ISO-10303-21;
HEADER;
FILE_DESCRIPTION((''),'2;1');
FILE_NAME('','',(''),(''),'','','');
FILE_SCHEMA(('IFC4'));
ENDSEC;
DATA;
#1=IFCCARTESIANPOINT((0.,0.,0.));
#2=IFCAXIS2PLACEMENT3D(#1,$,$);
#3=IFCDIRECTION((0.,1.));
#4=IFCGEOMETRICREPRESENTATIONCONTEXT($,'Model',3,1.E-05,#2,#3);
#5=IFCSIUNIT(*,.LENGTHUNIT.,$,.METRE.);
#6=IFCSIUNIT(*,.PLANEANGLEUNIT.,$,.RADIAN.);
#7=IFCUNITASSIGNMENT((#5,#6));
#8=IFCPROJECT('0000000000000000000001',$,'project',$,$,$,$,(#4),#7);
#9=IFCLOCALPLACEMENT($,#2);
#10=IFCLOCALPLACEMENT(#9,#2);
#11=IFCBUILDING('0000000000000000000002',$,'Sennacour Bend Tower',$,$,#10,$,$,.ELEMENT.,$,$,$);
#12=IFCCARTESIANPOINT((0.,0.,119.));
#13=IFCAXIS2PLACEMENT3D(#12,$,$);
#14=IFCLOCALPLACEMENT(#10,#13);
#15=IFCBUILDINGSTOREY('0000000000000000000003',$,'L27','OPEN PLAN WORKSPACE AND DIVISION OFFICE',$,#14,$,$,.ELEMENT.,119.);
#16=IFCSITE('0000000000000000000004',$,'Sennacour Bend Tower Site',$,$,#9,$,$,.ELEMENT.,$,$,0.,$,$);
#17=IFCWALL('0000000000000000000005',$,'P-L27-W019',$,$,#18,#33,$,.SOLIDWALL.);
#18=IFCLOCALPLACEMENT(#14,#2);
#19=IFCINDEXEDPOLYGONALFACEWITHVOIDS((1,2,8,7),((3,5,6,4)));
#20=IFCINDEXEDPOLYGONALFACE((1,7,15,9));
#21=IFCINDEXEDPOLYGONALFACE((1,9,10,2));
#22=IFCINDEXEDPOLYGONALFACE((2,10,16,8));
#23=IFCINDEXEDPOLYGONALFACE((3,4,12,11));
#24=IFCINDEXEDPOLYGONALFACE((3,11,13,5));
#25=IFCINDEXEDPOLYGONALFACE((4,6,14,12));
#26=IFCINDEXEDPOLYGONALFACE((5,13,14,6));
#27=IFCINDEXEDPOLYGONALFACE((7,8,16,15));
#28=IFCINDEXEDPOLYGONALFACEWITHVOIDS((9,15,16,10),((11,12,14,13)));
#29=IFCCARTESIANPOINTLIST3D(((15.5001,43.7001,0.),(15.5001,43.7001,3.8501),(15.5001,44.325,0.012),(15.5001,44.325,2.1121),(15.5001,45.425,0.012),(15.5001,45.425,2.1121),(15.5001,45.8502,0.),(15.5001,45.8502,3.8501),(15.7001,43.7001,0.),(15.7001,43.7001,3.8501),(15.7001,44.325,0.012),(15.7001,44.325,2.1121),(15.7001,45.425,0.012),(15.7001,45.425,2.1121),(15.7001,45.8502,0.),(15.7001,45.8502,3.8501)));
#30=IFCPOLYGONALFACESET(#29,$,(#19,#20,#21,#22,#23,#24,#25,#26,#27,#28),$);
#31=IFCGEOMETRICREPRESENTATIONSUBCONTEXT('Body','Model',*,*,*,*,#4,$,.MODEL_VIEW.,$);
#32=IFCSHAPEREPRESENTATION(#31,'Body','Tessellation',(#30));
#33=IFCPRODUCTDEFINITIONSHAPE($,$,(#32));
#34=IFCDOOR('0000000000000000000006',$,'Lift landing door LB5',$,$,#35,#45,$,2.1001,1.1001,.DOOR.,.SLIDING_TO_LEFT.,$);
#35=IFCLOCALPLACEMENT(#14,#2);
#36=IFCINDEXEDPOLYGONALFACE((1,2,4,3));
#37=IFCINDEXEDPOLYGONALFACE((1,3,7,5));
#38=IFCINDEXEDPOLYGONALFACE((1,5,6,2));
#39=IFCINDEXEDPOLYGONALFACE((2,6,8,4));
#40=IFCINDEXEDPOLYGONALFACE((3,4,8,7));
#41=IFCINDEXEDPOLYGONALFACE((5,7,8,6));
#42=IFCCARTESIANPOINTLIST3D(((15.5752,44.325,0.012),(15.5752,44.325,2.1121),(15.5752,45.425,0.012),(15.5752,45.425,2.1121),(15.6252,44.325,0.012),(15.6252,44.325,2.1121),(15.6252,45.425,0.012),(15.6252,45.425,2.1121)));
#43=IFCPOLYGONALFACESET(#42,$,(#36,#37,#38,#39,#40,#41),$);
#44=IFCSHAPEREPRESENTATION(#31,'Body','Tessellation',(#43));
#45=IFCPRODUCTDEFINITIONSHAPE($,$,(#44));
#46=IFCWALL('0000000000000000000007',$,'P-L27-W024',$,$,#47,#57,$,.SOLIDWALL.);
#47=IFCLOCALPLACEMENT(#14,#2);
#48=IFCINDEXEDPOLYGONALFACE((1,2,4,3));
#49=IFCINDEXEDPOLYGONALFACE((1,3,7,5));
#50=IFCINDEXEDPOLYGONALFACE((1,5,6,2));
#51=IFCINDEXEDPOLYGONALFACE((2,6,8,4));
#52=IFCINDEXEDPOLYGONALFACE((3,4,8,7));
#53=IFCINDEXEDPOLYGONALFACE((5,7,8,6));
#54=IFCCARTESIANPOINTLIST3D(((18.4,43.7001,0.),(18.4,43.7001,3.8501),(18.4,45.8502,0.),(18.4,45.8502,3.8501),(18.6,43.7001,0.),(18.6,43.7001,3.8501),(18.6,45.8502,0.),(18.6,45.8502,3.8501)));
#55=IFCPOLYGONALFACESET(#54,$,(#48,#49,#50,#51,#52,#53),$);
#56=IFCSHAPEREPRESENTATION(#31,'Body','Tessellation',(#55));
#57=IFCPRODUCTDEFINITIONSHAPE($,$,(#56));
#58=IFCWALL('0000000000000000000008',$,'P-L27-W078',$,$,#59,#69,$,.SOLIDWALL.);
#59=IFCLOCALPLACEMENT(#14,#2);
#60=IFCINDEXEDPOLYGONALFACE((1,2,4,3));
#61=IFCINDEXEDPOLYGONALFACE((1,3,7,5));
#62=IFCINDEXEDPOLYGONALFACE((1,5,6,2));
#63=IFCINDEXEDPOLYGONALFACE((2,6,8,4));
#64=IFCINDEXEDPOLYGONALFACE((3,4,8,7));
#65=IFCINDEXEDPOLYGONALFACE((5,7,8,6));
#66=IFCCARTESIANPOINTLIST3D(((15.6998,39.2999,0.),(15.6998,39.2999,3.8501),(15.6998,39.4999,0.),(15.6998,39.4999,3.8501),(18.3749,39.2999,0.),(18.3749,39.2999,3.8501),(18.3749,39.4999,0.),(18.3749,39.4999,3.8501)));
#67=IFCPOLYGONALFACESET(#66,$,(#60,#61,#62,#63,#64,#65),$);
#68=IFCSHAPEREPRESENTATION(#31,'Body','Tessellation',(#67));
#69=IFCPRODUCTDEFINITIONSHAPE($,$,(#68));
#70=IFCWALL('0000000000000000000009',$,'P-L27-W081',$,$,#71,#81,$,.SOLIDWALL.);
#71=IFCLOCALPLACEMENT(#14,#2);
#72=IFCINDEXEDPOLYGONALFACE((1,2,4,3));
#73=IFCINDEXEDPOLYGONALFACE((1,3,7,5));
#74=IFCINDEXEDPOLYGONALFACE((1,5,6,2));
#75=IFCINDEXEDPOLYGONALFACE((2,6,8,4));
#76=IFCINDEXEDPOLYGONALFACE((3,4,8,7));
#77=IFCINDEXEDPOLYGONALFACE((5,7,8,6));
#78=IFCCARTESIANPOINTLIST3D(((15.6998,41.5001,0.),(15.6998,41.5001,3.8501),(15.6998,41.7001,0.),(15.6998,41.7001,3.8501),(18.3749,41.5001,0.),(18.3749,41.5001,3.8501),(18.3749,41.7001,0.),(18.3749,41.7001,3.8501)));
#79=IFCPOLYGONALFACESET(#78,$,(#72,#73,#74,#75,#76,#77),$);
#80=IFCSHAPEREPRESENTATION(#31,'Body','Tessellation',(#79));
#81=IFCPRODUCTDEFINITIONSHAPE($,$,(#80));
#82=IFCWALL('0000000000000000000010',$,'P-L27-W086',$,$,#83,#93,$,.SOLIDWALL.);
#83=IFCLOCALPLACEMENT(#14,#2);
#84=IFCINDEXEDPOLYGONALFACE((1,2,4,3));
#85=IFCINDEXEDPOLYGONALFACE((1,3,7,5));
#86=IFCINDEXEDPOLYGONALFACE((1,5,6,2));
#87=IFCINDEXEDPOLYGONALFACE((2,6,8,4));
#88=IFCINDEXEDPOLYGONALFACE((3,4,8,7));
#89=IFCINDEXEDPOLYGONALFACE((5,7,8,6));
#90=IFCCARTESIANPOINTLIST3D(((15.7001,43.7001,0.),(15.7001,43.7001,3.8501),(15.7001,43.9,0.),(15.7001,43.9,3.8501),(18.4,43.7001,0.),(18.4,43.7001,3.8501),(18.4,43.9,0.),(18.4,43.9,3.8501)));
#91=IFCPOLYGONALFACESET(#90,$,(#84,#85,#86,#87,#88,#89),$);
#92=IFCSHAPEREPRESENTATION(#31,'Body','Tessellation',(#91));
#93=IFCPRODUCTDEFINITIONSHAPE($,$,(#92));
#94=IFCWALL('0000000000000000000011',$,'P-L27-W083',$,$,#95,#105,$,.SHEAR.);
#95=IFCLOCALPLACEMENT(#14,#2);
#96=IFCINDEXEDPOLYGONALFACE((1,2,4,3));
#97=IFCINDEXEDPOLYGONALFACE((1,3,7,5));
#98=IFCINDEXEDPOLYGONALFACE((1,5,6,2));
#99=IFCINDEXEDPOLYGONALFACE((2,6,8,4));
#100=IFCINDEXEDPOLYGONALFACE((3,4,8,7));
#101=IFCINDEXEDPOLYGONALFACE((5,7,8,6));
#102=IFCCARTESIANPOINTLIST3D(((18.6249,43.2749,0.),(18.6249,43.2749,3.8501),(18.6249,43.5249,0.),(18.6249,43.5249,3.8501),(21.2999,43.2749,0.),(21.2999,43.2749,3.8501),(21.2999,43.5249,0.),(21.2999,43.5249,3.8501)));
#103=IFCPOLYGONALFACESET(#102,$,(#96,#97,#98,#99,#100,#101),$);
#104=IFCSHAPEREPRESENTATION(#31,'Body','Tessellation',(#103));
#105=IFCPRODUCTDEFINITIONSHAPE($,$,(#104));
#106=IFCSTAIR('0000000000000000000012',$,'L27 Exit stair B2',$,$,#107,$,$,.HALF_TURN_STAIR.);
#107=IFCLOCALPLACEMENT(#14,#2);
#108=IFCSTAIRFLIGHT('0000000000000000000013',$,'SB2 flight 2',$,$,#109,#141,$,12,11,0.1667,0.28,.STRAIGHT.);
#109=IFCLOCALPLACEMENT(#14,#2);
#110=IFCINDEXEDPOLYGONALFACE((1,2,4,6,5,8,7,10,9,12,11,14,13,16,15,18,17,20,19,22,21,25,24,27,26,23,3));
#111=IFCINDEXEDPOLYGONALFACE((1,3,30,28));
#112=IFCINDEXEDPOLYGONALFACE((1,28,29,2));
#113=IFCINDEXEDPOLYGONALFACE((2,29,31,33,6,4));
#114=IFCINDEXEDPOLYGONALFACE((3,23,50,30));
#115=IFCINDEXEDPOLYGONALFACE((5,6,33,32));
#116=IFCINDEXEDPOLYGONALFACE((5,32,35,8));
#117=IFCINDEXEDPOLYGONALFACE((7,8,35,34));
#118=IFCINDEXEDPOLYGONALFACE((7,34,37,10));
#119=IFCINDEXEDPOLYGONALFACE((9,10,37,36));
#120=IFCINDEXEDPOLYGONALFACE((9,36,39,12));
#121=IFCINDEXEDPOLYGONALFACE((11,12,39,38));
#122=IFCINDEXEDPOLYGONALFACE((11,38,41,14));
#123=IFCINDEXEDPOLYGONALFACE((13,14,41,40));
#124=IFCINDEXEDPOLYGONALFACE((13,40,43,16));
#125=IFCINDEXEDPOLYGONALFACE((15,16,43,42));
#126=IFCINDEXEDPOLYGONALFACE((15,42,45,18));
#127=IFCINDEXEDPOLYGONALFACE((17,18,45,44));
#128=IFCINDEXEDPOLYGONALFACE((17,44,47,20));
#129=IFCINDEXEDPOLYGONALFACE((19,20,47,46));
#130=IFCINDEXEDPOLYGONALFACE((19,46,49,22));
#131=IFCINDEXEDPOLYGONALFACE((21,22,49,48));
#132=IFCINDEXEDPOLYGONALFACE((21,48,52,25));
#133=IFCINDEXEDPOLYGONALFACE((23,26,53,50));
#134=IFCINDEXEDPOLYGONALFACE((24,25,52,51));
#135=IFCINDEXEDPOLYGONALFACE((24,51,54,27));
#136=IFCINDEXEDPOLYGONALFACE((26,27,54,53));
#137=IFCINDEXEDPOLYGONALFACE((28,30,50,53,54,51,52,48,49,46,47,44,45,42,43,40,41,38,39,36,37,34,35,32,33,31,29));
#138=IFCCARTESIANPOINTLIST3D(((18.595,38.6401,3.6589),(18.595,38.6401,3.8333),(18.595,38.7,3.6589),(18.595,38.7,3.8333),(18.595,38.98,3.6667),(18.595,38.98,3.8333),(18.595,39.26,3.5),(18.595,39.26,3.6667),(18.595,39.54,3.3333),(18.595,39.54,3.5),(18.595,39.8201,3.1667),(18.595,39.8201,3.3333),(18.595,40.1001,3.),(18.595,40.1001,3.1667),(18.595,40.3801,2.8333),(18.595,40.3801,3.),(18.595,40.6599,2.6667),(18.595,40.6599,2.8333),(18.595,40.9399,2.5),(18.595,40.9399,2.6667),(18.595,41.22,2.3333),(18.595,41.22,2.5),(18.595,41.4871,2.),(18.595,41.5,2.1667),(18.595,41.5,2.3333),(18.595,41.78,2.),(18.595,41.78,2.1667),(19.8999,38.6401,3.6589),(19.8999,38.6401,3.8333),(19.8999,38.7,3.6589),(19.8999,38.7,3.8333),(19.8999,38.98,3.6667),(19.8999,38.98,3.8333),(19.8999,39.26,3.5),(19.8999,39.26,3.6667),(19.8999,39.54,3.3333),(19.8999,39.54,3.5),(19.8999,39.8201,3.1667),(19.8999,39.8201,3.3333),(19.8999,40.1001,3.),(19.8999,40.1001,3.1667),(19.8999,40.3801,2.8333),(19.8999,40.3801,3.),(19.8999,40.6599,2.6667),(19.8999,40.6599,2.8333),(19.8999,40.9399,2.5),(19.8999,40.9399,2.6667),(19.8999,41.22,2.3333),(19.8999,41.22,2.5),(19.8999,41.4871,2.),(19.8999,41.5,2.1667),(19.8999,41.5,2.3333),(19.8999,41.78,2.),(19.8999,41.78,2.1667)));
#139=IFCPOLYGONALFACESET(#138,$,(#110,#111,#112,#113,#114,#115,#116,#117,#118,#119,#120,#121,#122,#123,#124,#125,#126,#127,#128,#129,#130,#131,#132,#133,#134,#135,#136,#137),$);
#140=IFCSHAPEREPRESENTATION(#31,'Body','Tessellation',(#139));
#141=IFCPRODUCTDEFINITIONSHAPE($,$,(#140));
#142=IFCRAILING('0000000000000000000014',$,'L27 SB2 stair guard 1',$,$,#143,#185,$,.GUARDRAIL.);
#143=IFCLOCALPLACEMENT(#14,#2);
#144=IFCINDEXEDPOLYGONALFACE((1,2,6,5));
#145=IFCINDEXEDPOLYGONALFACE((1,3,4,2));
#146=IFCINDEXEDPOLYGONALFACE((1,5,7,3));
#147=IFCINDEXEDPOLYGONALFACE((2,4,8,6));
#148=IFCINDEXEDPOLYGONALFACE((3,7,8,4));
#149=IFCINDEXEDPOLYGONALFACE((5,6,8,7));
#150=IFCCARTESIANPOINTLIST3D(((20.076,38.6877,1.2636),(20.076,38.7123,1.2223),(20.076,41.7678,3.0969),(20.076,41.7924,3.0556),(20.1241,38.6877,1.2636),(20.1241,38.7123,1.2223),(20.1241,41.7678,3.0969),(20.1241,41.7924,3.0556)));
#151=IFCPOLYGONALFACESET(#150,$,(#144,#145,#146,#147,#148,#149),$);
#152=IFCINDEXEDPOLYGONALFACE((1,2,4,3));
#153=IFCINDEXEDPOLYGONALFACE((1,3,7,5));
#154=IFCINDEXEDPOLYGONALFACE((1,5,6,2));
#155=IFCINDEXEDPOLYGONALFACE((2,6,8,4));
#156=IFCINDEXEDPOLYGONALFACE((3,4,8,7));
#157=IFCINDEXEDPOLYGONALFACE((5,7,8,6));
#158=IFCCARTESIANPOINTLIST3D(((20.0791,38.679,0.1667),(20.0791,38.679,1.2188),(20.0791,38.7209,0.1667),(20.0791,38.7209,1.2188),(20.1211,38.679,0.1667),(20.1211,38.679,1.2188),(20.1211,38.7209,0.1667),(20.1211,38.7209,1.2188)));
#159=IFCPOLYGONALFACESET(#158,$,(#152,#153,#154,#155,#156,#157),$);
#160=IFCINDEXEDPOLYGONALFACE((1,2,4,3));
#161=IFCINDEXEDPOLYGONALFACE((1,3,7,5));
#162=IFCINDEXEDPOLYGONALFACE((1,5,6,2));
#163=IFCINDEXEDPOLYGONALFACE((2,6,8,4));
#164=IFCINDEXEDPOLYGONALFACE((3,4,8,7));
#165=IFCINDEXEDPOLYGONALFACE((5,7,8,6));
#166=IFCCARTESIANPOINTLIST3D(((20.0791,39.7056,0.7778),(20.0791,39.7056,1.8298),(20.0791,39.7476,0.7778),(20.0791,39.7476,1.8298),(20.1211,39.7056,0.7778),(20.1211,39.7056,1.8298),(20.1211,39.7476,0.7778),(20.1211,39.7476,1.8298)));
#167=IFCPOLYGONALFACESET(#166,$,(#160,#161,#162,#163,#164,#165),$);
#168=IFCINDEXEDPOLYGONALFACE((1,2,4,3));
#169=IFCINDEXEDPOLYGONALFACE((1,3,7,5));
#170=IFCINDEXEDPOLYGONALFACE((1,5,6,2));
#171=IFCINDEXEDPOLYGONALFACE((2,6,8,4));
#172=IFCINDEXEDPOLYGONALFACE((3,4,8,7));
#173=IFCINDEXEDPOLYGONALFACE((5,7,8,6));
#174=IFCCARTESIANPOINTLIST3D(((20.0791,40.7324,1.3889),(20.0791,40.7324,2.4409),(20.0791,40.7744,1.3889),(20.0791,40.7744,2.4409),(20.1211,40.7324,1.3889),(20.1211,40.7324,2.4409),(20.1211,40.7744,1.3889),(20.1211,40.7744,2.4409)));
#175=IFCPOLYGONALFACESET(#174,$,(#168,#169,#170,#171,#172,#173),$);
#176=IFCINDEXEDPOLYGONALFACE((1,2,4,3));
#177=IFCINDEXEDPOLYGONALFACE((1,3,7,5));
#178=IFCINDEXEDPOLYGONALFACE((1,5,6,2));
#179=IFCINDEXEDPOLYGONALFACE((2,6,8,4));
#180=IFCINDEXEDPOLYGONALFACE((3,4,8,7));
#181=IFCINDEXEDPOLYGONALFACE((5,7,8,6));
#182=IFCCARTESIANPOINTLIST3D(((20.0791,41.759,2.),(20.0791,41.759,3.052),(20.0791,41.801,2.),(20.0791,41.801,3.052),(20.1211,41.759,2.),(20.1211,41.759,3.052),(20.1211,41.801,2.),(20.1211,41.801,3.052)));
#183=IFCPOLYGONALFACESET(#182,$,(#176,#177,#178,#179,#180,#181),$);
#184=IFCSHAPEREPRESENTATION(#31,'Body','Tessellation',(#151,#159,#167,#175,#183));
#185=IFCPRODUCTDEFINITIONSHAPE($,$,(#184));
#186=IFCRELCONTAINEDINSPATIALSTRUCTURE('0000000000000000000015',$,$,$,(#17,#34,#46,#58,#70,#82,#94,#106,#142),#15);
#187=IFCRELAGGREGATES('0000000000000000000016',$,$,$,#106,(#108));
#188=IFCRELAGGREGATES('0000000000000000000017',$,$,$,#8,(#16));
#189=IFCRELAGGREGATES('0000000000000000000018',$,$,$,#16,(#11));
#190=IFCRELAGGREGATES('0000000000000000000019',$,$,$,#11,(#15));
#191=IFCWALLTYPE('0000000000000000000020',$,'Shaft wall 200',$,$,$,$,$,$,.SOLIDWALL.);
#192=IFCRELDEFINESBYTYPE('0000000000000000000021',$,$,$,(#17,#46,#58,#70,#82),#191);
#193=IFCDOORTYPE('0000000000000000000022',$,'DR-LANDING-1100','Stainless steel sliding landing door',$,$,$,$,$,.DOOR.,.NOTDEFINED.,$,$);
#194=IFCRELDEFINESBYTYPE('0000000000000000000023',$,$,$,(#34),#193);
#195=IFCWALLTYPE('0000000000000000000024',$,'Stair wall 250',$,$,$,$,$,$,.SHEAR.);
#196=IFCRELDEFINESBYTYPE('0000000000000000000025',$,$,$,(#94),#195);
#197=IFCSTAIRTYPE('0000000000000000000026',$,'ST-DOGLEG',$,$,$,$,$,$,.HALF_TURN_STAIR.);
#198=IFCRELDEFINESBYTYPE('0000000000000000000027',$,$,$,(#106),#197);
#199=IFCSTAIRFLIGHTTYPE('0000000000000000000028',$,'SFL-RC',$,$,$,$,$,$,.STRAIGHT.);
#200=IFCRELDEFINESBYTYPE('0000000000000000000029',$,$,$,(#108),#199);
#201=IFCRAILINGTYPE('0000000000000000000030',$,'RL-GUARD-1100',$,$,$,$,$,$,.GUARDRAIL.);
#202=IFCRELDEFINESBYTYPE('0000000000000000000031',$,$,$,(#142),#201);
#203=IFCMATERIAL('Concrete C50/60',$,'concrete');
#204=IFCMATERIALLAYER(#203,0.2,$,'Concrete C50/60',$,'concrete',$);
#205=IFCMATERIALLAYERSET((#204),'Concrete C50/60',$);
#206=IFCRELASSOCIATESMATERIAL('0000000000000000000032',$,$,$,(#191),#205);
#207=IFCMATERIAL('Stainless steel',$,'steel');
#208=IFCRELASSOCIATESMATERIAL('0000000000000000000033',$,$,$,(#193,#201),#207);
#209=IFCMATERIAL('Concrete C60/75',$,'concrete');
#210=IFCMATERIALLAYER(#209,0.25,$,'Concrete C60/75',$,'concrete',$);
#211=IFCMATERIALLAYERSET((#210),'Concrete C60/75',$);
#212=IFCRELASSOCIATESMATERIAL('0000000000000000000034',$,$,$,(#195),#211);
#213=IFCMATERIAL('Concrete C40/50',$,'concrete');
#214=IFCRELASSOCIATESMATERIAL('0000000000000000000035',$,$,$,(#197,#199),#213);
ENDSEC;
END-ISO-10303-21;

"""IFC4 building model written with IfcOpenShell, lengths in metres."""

from ifc_helpers import new_model, si_unit, direction, frame, frame_2d, origin, origin_2d, place, context, subcontext, project, spatial, polyline, rectangle, outline, extrude, material, layer, layer_set, type_object, element, fill, aggregate, save


model = new_model("IFC4")

# Units and contexts
model_context = context("Model", 3, precision=1e-05, world=origin(), true_north=direction((0.0, 1.0)))
body_context = subcontext(model_context, "Body", "Model", "MODEL_VIEW")
ifc_project = project(units=[si_unit("LENGTHUNIT", "METRE"), si_unit("PLANEANGLEUNIT", "RADIAN")], contexts=[model_context])

# Site, building, storey
site_placement = place(None, origin())
site = spatial("IfcSite", under=ifc_project, at=site_placement, Name="Sennacour Bend Tower Site", CompositionType="ELEMENT", RefElevation=0.0)
building_placement = place(site_placement, origin())
building = spatial("IfcBuilding", under=site, at=building_placement, Name="Sennacour Bend Tower", CompositionType="ELEMENT")
storey_placement = place(building_placement, frame((0.0, 0.0, 119.0)))
storey = spatial("IfcBuildingStorey", under=building, at=storey_placement, Name="L27", Description="OPEN PLAN WORKSPACE AND DIVISION OFFICE", CompositionType="ELEMENT", Elevation=119.0)

# Wall, opening, door
ifc_material_1 = material(Name="Concrete C50/60", Category="concrete")
ifc_layer_1 = layer(ifc_material_1, 0.2, Name="Concrete C50/60", Category="concrete")
ifc_layer_set_1 = layer_set([ifc_layer_1], Name="Concrete C50/60")
wall_type_1 = type_object("IfcWallType", Name="Shaft wall 200", PredefinedType="SOLIDWALL", material=ifc_layer_set_1)
wall_1_placement = place(storey_placement, frame((15.6001, 43.7, 0.0), z_axis=(0.0, 0.0, 1.0), x_axis=(0.0, 1.0, 0.0)))
wall_1 = element("IfcWall", 1, at=wall_1_placement, inside=storey, type_object=wall_type_1, Name="P-L27-W019", PredefinedType="SOLIDWALL", context=body_context, shape_type="SweptSolid", body=[
    extrude(rectangle(XDim=2.1501, YDim=0.2, at=frame_2d((1.0752, 0.0))), origin(), (0.0, 0.0, 1.0), 3.8501),
])
opening_1_placement = place(wall_1_placement, frame((0.625, 0.0, 0.012)))
opening_1 = element("IfcOpeningElement", 2, at=opening_1_placement, cuts=wall_1, PredefinedType="OPENING", context=body_context, shape_type="SweptSolid", body=[
    extrude(rectangle(XDim=1.1001, YDim=2.1001, at=frame_2d((0.55, 1.05))), frame((0.0, 0.1099, 0.0), z_axis=(0.0, -1.0, 0.0), x_axis=(1.0, 0.0, 0.0)), (0.0, 0.0, 1.0), 0.22),
])
ifc_material_2 = material(Name="Stainless steel", Category="steel")
door_type_1 = type_object("IfcDoorType", Name="DR-LANDING-1100", Description="Stainless steel sliding landing door", OperationType="NOTDEFINED", PredefinedType="DOOR", material=ifc_material_2)
door_1_placement = place(opening_1_placement, origin())
door_1 = element("IfcDoor", 3, at=door_1_placement, inside=storey, type_object=door_type_1, Name="Lift landing door LB5", OperationType="SLIDING_TO_LEFT", OverallHeight=2.1001, OverallWidth=1.1001, PredefinedType="DOOR", context=body_context, shape_type="SweptSolid", body=[
    extrude(rectangle(XDim=1.1001, YDim=2.1001, at=frame_2d((0.55, 1.05))), frame((0.0, 0.0249, 0.0), z_axis=(0.0, -1.0, 0.0), x_axis=(1.0, 0.0, 0.0)), (0.0, 0.0, 1.0), 0.05),
])
fill(opening_1, door_1)

# Walls
wall_2_placement = place(storey_placement, frame((18.5, 43.7, 0.0), z_axis=(0.0, 0.0, 1.0), x_axis=(0.0, 1.0, 0.0)))
element("IfcWall", 4, at=wall_2_placement, inside=storey, type_object=wall_type_1, Name="P-L27-W024", PredefinedType="SOLIDWALL", context=body_context, shape_type="SweptSolid", body=[
    extrude(rectangle(XDim=2.1501, YDim=0.2, at=frame_2d((1.0752, 0.0))), origin(), (0.0, 0.0, 1.0), 3.8501),
])
for number, where, z_axis, x_axis, name in (
    (5, (15.7, 39.3999, 0.0), (0.0, 0.0, 1.0), (1.0, 0.0, 0.0), "P-L27-W078"),
    (6, (15.7, 41.6001, 0.0), (0.0, 0.0, 1.0), (1.0, 0.0, 0.0), "P-L27-W081"),
):
    element("IfcWall", number, at=place(storey_placement, frame(where, z_axis=z_axis, x_axis=x_axis)), inside=storey, type_object=wall_type_1, Name=name, PredefinedType="SOLIDWALL", context=body_context, shape_type="SweptSolid", body=[
        extrude(rectangle(XDim=2.675, YDim=0.2, at=frame_2d((1.3374, 0.0))), origin(), (0.0, 0.0, 1.0), 3.8501),
    ])
wall_3_placement = place(storey_placement, frame((15.7, 43.8, 0.0), z_axis=(0.0, 0.0, 1.0), x_axis=(1.0, 0.0, 0.0)))
element("IfcWall", 7, at=wall_3_placement, inside=storey, type_object=wall_type_1, Name="P-L27-W086", PredefinedType="SOLIDWALL", context=body_context, shape_type="SweptSolid", body=[
    extrude(rectangle(XDim=2.7, YDim=0.2, at=frame_2d((1.3501, 0.0))), origin(), (0.0, 0.0, 1.0), 3.8501),
])
ifc_material_3 = material(Name="Concrete C60/75", Category="concrete")
ifc_layer_2 = layer(ifc_material_3, 0.25, Name="Concrete C60/75", Category="concrete")
ifc_layer_set_2 = layer_set([ifc_layer_2], Name="Concrete C60/75")
wall_type_2 = type_object("IfcWallType", Name="Stair wall 250", PredefinedType="SHEAR", material=ifc_layer_set_2)
wall_4_placement = place(storey_placement, frame((18.625, 43.3999, 0.0), z_axis=(0.0, 0.0, 1.0), x_axis=(1.0, 0.0, 0.0)))
element("IfcWall", 8, at=wall_4_placement, inside=storey, type_object=wall_type_2, Name="P-L27-W083", PredefinedType="SHEAR", context=body_context, shape_type="SweptSolid", body=[
    extrude(rectangle(XDim=2.675, YDim=0.25, at=frame_2d((1.3374, 0.0))), origin(), (0.0, 0.0, 1.0), 3.8501),
])

# Stair, stair flight
ifc_material_4 = material(Name="Concrete C40/50", Category="concrete")
stair_type = type_object("IfcStairType", Name="ST-DOGLEG", PredefinedType="HALF_TURN_STAIR", material=ifc_material_4)
stair_placement = place(storey_placement, origin())
stair = element("IfcStair", 9, at=stair_placement, inside=storey, type_object=stair_type, Name="L27 Exit stair B2", PredefinedType="HALF_TURN_STAIR")
stair_flight_type = type_object("IfcStairFlightType", Name="SFL-RC", PredefinedType="STRAIGHT", material=ifc_material_4)
stair_flight_placement = place(storey_placement, frame((19.2476, 41.78, 2.0), z_axis=(0.0, 0.0, 1.0), x_axis=(0.0, -1.0, 0.0)))
stair_flight = element("IfcStairFlight", 10, at=stair_flight_placement, type_object=stair_flight_type, Name="SB2 flight 2", NumberOfRisers=12, NumberOfTreads=11, PredefinedType="STRAIGHT", RiserHeight=0.1667, TreadLength=0.28, context=body_context, shape_type="SweptSolid", body=[
    extrude(outline(polyline([(0.0, 0.0), (0.0, 0.1667), (0.28, 0.1667), (0.28, 0.3333), (0.5601, 0.3333), (0.5601, 0.5), (0.8401, 0.5), (0.8401, 0.6667), (1.1201, 0.6667), (1.1201, 0.8333), (1.3999, 0.8333), (1.3999, 1.0), (1.6799, 1.0), (1.6799, 1.1667), (1.96, 1.1667), (1.96, 1.3333), (2.24, 1.3333), (2.24, 1.5), (2.52, 1.5), (2.52, 1.6667), (2.8, 1.6667), (2.8, 1.8333), (3.0801, 1.8333), (3.1399, 1.8333), (3.1399, 1.6589), (3.0801, 1.6589), (0.293, 0.0), (0.0, 0.0)])), frame((0.0, 0.6523, 0.0), z_axis=(0.0, -1.0, 0.0), x_axis=(1.0, 0.0, 0.0)), (0.0, 0.0, 1.0), 1.3049),
])
aggregate(stair, [stair_flight])

# Railing
railing_type_1 = type_object("IfcRailingType", Name="RL-GUARD-1100", PredefinedType="GUARDRAIL", material=ifc_material_2)
railing_1_placement = place(storey_placement, frame((20.1001, 38.7, 0.1667)))
element("IfcRailing", 11, at=railing_1_placement, inside=storey, type_object=railing_type_1, Name="L27 SB2 stair guard 1", PredefinedType="GUARDRAIL", context=body_context, shape_type="SweptSolid", body=[
    extrude(rectangle(XDim=0.0481, YDim=0.0481, at=origin_2d()), frame((0.0, 0.0, 1.0762), z_axis=(0.0, 0.859309, 0.511458), x_axis=(-1.0, 0.0, 0.0)), (0.0, 0.0, 1.0), 3.5845),
    extrude(rectangle(XDim=0.042, YDim=0.042, at=origin_2d()), origin(), (0.0, 0.0, 1.0), 1.052),
    extrude(rectangle(XDim=0.042, YDim=0.042, at=origin_2d()), frame((0.0, 1.0266, 0.6111)), (0.0, 0.0, 1.0), 1.052),
    extrude(rectangle(XDim=0.042, YDim=0.042, at=origin_2d()), frame((0.0, 2.0535, 1.2222)), (0.0, 0.0, 1.0), 1.052),
    extrude(rectangle(XDim=0.042, YDim=0.042, at=origin_2d()), frame((0.0, 3.0801, 1.8333)), (0.0, 0.0, 1.0), 1.052),
])

save(model, "model.ifc")
